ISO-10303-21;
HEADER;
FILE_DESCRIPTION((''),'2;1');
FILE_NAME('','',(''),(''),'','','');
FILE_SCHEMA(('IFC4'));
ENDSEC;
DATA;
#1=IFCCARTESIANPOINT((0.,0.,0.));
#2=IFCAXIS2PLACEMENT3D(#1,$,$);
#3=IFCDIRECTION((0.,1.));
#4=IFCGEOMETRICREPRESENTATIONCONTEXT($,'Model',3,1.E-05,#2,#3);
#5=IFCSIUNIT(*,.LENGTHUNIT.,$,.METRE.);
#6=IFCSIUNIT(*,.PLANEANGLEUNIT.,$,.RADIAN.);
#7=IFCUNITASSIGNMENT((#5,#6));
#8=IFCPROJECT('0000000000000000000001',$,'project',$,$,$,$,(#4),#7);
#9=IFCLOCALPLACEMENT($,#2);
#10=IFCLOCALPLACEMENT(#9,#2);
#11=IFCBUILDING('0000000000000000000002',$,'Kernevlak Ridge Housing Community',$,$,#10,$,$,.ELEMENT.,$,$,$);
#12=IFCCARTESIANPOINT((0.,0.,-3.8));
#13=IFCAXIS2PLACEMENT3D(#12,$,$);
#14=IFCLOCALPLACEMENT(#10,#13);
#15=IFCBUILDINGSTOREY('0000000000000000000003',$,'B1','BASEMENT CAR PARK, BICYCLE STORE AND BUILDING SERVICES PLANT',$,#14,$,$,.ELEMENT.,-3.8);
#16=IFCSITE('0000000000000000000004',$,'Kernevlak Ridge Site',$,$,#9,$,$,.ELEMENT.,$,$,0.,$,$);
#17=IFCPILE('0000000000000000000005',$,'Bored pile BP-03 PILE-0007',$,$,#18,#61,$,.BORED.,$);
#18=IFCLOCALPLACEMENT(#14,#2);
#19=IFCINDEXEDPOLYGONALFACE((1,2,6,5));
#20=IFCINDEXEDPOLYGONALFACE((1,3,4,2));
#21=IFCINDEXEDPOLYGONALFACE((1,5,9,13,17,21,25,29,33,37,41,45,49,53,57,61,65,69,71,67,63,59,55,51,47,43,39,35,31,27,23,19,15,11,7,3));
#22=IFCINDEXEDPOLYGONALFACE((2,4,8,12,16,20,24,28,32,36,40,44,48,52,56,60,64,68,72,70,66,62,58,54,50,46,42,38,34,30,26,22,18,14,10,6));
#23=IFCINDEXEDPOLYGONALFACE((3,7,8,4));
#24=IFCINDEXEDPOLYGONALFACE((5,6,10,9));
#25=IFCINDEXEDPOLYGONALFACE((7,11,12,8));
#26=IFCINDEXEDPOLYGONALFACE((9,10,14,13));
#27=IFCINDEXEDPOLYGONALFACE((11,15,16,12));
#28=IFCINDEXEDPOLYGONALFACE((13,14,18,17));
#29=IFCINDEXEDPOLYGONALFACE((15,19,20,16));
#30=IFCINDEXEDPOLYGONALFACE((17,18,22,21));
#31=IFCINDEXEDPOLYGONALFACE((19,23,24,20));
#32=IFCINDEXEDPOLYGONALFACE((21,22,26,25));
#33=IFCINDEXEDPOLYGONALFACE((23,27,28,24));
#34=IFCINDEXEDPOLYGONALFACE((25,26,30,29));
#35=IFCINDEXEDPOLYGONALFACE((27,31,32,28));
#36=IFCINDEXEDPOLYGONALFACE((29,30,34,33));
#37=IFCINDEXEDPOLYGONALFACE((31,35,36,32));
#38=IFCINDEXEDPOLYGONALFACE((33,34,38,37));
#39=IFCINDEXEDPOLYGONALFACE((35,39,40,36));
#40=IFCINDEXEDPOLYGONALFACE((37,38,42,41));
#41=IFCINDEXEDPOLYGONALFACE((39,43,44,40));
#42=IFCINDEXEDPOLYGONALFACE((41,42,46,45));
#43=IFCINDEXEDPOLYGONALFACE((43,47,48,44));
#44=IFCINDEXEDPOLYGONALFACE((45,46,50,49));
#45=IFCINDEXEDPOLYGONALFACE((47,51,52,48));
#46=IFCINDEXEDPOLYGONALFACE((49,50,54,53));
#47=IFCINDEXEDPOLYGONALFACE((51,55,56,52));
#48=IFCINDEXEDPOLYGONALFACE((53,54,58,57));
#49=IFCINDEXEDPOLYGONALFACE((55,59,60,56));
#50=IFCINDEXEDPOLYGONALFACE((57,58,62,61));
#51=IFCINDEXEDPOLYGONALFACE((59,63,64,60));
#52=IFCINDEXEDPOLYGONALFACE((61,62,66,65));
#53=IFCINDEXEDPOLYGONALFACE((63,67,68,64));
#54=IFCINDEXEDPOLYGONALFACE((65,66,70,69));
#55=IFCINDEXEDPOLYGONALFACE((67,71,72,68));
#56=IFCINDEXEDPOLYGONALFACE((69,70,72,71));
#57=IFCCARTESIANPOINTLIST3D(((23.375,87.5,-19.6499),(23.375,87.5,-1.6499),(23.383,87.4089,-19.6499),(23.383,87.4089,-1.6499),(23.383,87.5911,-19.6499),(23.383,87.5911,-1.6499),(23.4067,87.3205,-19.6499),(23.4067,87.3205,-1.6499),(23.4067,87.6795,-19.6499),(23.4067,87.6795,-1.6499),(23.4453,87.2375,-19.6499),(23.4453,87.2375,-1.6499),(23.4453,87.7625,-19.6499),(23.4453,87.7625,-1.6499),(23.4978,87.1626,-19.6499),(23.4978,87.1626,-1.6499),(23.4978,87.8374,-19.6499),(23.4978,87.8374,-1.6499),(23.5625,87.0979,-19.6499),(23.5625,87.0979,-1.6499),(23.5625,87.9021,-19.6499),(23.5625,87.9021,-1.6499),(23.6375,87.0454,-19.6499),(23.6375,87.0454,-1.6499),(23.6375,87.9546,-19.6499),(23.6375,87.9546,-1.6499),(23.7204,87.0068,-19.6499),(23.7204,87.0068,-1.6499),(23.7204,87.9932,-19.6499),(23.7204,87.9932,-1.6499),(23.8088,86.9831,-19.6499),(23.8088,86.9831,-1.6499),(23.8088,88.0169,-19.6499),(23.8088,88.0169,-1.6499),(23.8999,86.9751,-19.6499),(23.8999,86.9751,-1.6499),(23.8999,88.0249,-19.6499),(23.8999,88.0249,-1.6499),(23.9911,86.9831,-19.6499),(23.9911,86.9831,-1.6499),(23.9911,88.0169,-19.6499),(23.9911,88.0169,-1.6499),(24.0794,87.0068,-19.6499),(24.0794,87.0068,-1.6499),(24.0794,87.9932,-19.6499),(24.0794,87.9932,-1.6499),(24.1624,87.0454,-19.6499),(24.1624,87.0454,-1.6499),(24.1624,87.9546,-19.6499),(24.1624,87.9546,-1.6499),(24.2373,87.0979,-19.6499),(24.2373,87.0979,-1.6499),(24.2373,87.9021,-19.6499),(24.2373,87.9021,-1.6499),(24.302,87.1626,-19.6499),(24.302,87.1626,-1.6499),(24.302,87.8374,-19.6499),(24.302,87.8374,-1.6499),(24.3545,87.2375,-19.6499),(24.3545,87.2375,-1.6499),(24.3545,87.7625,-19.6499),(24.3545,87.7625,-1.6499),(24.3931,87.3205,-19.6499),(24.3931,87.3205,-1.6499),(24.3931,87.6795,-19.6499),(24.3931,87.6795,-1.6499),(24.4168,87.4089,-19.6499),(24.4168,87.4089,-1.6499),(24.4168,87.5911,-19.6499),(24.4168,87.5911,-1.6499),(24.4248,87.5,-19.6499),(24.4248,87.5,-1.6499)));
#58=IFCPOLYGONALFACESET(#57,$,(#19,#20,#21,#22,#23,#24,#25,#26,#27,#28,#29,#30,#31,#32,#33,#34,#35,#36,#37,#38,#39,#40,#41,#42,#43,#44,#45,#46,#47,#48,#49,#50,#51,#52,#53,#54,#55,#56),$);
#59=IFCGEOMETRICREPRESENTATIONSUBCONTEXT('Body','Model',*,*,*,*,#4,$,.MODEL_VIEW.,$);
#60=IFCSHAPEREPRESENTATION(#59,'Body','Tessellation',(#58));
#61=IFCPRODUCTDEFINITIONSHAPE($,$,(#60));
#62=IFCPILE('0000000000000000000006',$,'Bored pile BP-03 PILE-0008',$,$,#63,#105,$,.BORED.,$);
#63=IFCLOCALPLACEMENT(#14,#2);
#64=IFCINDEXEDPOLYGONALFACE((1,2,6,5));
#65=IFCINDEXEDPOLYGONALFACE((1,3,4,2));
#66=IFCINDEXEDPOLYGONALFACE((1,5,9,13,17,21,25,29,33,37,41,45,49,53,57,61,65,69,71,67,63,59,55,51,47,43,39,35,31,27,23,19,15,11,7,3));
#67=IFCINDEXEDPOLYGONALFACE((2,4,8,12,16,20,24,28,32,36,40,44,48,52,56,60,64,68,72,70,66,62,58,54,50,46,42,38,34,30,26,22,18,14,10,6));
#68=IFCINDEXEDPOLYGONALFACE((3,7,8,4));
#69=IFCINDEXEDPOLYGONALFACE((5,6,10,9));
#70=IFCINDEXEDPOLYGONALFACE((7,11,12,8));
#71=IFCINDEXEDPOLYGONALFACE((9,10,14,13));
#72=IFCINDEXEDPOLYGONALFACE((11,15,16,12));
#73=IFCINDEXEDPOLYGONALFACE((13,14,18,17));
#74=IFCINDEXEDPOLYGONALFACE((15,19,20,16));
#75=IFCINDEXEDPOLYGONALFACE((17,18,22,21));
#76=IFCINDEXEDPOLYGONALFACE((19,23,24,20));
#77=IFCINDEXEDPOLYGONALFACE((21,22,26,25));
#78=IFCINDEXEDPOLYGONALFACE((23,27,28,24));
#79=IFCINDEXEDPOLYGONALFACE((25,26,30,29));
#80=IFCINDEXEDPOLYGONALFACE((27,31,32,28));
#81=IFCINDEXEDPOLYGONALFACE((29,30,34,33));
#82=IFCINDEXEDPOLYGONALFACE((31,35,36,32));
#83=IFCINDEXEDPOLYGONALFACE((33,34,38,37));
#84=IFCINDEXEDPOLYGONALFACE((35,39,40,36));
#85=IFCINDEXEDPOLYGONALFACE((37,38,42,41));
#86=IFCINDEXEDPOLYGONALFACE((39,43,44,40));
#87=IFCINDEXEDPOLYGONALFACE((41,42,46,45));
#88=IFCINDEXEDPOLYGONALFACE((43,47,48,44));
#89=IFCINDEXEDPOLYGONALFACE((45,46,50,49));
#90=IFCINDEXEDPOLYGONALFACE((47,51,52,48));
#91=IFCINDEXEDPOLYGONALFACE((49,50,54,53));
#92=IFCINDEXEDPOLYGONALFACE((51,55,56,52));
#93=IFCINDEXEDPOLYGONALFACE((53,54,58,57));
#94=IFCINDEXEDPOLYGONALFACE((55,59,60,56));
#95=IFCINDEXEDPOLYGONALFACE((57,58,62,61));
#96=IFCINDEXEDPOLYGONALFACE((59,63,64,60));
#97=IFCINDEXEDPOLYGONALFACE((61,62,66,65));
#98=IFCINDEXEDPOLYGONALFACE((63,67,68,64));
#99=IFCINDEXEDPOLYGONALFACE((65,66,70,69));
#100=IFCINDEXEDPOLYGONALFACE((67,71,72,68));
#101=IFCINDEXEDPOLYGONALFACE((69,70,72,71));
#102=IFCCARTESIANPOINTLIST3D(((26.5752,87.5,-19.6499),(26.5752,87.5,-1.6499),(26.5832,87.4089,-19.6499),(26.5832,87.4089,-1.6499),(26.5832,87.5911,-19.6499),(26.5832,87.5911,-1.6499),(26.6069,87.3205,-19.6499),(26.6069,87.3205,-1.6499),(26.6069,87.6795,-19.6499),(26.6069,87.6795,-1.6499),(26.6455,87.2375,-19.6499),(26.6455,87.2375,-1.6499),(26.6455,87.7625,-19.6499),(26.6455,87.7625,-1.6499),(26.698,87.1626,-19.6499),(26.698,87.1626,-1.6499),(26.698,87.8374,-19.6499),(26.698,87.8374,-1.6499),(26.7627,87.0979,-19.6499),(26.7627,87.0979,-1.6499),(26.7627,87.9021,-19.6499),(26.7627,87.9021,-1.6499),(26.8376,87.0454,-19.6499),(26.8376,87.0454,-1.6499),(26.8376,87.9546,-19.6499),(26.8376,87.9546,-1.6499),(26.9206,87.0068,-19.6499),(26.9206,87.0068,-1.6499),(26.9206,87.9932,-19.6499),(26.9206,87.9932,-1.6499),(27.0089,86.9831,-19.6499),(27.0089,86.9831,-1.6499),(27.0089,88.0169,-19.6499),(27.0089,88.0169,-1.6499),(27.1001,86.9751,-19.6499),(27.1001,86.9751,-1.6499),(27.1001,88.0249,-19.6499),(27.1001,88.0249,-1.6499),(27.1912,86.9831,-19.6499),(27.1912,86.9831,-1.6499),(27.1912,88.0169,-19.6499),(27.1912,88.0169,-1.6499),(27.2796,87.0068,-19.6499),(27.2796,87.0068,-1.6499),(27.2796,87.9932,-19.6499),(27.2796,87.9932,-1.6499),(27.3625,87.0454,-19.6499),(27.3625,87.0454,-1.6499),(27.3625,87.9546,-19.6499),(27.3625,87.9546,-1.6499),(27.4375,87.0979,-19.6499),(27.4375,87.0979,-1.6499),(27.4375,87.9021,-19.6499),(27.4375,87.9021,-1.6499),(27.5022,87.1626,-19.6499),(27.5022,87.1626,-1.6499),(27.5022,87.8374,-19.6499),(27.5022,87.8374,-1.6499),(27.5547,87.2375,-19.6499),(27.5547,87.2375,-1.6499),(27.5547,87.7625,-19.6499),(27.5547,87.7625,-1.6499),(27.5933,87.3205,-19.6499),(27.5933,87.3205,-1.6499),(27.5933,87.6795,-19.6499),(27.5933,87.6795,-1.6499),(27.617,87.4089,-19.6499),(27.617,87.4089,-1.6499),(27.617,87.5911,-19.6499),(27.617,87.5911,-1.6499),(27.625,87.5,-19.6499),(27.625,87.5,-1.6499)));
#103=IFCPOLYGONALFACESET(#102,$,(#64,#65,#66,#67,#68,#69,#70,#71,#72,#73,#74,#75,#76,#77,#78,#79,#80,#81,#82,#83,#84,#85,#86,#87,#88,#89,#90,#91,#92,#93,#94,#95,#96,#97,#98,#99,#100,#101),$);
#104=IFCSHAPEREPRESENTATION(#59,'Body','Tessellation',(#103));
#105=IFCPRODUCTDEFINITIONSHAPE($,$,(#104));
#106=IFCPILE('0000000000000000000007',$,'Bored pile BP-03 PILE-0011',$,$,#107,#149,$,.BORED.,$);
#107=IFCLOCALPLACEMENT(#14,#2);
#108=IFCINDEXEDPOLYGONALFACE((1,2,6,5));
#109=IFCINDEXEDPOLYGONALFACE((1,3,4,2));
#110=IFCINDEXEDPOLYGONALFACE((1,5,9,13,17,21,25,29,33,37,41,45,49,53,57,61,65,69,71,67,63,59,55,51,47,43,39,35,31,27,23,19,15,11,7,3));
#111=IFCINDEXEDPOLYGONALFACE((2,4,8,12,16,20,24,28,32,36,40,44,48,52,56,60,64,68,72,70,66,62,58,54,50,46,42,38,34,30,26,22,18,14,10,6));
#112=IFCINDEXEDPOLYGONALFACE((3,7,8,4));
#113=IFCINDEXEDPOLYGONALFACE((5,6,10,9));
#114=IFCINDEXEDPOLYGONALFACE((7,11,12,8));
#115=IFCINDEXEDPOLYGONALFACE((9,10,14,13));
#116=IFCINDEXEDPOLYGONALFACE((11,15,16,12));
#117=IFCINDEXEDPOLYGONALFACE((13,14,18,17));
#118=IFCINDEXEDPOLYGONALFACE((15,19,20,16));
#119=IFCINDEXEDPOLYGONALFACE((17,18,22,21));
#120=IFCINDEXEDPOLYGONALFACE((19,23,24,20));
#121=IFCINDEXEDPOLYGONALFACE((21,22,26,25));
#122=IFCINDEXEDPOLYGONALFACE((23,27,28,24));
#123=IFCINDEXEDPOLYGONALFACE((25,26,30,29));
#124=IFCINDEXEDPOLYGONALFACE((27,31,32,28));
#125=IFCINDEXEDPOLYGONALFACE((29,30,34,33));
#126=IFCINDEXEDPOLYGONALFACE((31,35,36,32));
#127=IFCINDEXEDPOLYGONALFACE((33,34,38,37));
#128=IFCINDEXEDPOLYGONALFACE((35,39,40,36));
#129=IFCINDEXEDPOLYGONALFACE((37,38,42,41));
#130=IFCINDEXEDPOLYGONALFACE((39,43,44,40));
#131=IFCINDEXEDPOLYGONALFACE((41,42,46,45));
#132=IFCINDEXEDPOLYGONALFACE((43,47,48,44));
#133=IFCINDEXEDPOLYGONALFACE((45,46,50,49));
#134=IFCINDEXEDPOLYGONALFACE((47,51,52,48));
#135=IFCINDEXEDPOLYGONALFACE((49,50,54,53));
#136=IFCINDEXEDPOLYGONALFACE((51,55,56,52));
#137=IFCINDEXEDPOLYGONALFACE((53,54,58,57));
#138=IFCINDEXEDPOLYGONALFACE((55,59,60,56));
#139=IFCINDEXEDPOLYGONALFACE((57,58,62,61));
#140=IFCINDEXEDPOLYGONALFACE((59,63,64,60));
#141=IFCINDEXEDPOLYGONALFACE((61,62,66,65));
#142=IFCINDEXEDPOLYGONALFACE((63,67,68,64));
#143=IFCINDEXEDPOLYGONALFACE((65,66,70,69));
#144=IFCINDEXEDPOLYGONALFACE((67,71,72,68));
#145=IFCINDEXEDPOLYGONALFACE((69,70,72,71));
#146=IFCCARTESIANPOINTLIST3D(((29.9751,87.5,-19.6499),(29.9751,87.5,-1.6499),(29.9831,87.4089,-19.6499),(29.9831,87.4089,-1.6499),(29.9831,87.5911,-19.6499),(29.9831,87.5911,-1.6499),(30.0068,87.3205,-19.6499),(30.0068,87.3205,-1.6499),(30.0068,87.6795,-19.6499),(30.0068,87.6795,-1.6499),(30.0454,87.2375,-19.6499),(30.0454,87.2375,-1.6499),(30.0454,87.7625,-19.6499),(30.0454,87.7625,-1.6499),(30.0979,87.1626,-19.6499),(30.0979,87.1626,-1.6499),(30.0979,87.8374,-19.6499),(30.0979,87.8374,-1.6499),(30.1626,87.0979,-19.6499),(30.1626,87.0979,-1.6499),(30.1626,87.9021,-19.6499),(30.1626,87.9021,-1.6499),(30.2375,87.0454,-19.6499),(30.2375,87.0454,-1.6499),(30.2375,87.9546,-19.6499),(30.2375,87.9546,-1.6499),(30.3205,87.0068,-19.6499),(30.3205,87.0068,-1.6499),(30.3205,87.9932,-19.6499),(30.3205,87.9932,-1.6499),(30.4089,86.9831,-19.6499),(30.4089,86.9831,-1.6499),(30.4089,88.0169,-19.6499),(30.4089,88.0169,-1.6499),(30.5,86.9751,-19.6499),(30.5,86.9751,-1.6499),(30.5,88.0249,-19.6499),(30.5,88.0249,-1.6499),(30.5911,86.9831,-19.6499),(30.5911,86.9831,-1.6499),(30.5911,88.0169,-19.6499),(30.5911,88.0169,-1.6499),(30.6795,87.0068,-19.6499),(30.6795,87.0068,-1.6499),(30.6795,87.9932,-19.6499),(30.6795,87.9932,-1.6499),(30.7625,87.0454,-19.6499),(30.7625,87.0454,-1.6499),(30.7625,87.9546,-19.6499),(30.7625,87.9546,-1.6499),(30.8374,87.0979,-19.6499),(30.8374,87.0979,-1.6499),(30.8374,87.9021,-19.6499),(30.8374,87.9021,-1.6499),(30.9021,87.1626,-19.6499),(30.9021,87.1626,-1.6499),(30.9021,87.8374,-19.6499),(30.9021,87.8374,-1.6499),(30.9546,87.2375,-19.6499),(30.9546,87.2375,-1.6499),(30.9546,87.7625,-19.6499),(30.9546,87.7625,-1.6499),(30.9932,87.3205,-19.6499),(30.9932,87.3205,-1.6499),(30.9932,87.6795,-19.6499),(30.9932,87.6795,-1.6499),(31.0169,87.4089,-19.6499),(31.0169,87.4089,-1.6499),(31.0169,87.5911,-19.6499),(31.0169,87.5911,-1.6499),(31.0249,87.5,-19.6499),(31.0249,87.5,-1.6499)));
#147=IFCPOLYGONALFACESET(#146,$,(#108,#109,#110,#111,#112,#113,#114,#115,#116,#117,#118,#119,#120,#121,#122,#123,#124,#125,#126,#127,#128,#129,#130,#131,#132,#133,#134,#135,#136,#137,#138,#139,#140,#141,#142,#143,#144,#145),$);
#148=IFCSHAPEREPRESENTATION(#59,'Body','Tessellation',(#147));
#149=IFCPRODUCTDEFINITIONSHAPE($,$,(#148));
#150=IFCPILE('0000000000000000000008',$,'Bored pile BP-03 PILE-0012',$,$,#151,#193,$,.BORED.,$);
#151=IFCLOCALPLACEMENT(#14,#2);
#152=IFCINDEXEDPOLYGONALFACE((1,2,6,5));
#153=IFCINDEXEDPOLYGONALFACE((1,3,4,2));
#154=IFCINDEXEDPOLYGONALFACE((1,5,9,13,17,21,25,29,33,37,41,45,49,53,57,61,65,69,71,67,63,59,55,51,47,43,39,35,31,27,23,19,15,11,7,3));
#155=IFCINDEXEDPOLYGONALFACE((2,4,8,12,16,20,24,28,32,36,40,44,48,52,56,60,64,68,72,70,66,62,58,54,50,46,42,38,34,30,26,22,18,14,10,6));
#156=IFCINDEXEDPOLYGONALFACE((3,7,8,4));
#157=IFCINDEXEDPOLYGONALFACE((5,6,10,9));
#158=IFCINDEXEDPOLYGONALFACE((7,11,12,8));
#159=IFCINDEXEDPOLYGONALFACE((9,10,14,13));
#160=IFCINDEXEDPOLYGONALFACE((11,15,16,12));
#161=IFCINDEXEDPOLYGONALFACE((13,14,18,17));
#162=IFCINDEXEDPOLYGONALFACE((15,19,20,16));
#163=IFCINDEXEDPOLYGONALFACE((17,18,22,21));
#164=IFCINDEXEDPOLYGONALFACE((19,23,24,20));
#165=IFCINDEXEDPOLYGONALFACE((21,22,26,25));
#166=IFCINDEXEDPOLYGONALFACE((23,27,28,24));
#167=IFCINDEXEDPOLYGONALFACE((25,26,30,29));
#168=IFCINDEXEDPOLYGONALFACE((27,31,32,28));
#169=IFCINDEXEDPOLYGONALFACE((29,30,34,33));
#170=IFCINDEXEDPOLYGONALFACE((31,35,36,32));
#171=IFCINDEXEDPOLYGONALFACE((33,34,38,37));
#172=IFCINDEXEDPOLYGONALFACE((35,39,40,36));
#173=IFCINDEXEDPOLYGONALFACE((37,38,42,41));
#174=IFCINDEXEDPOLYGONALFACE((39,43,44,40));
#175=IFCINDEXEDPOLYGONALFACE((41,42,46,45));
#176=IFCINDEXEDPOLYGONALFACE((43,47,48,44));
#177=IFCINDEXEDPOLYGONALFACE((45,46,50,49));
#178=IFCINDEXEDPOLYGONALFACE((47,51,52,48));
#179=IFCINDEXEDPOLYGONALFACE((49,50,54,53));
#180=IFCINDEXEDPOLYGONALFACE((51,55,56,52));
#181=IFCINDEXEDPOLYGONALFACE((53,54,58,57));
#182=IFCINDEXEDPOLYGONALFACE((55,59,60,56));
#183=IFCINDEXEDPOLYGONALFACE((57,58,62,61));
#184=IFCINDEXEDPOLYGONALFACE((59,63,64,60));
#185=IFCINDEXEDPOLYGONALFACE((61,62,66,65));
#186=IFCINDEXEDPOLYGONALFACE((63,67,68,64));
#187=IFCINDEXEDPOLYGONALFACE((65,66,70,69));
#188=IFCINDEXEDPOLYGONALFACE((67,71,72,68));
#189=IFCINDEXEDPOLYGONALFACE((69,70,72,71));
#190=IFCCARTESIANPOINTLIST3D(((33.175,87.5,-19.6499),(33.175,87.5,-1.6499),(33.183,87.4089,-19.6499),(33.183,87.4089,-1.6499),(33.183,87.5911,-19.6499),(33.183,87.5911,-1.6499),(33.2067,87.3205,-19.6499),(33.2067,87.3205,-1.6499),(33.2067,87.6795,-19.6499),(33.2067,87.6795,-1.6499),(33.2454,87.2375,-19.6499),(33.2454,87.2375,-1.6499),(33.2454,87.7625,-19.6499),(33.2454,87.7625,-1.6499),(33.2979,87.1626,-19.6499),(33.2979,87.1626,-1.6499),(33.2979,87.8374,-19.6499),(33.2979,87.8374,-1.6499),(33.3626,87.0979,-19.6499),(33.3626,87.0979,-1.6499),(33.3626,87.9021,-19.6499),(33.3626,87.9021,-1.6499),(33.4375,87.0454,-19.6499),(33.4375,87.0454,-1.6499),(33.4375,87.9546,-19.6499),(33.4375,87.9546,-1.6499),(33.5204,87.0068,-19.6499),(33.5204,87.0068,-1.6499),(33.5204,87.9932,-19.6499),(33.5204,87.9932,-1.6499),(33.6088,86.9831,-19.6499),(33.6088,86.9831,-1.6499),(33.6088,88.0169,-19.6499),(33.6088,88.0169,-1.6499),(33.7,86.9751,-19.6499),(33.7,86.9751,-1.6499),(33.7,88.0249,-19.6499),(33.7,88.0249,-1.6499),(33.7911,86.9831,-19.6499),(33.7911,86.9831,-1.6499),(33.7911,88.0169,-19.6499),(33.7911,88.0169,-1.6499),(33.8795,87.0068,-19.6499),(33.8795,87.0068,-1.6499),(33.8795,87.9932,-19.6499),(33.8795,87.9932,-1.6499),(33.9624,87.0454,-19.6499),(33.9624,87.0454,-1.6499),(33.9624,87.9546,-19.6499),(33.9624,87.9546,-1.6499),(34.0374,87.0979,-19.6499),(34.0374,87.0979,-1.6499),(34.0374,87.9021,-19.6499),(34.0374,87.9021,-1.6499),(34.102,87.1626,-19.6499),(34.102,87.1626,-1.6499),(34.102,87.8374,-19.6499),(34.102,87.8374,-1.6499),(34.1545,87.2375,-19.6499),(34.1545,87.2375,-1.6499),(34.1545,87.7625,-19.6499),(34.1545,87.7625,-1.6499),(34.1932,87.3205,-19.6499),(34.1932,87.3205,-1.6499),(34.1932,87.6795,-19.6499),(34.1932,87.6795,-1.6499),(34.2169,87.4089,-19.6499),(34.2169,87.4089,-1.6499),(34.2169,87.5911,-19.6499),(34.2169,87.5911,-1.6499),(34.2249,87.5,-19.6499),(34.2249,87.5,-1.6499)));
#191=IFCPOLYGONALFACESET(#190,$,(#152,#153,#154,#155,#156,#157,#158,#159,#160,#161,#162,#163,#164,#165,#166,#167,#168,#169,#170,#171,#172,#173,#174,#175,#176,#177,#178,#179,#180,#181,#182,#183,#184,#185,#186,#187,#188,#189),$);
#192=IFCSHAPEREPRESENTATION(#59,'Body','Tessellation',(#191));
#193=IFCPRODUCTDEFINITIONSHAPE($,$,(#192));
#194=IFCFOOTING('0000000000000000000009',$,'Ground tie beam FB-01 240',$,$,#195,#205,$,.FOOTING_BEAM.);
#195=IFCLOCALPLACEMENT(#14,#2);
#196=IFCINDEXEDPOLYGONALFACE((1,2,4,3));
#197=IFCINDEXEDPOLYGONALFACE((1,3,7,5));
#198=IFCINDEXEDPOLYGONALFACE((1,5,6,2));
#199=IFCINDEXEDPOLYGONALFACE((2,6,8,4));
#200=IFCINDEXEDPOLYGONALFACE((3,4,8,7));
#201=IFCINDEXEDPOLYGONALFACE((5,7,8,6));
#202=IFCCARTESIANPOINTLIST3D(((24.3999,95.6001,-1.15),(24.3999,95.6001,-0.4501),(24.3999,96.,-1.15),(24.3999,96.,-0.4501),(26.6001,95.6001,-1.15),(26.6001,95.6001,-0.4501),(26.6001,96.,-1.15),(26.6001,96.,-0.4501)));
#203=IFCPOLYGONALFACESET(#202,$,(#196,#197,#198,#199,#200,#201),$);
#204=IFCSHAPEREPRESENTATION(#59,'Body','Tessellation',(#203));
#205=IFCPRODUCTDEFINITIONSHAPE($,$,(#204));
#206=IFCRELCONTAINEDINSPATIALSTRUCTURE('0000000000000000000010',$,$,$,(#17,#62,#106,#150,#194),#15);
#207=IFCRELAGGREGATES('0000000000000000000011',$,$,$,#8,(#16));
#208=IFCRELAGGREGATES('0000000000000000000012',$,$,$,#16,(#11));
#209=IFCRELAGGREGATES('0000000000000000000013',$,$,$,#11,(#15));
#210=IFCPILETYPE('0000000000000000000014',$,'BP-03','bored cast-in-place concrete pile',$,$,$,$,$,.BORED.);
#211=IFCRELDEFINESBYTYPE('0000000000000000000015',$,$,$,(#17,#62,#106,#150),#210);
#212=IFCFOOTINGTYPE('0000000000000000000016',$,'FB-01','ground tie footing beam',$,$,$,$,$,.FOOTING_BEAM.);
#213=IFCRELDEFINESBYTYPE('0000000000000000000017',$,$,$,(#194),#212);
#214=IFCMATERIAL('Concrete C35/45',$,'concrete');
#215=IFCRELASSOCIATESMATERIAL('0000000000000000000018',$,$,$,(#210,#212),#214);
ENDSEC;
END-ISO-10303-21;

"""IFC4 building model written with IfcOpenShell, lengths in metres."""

from ifc_helpers import new_model, si_unit, direction, frame, origin, origin_2d, place, context, subcontext, project, spatial, rectangle, circle, extrude, material, material_profile, profile_set, type_object, element, save


model = new_model("IFC4")

# Units and contexts
model_context = context("Model", 3, precision=1e-05, world=origin(), true_north=direction((0.0, 1.0)))
body_context = subcontext(model_context, "Body", "Model", "MODEL_VIEW")
ifc_project = project(units=[si_unit("LENGTHUNIT", "METRE"), si_unit("PLANEANGLEUNIT", "RADIAN")], contexts=[model_context])

# Site, building, storey
site_placement = place(None, origin())
site = spatial("IfcSite", under=ifc_project, at=site_placement, Name="Kernevlak Ridge Site", CompositionType="ELEMENT", RefElevation=0.0)
building_placement = place(site_placement, origin())
building = spatial("IfcBuilding", under=site, at=building_placement, Name="Kernevlak Ridge Housing Community", CompositionType="ELEMENT")
storey_placement = place(building_placement, frame((0.0, 0.0, -3.8)))
storey = spatial("IfcBuildingStorey", under=building, at=storey_placement, Name="B1", Description="BASEMENT CAR PARK, BICYCLE STORE AND BUILDING SERVICES PLANT", CompositionType="ELEMENT", Elevation=-3.8)

# Piles
ifc_material_1 = material(Name="Concrete C35/45", Category="concrete")
ifc_material_profile_1 = material_profile(ifc_material_1, circle(Radius=0.5249, at=origin_2d()), Name="BORED PILE 1050")
ifc_profile_set_1 = profile_set([ifc_material_profile_1], Name="Concrete C35/45")
pile_type_1 = type_object("IfcPileType", Name="BP-03", Description="bored cast-in-place concrete pile", PredefinedType="BORED", material=ifc_profile_set_1)
for number, where, z_axis, x_axis, name in (
    (1, (23.8999, 87.5, -1.6499), (0.0, 0.0, -1.0), (1.0, 0.0, 0.0), "Bored pile BP-03 PILE-0007"),
    (2, (27.1001, 87.5, -1.6499), (0.0, 0.0, -1.0), (1.0, 0.0, 0.0), "Bored pile BP-03 PILE-0008"),
    (3, (30.5, 87.5, -1.6499), (0.0, 0.0, -1.0), (1.0, 0.0, 0.0), "Bored pile BP-03 PILE-0011"),
    (4, (33.7, 87.5, -1.6499), (0.0, 0.0, -1.0), (1.0, 0.0, 0.0), "Bored pile BP-03 PILE-0012"),
):
    element("IfcPile", number, at=place(storey_placement, frame(where, z_axis=z_axis, x_axis=x_axis)), inside=storey, type_object=pile_type_1, Name=name, PredefinedType="BORED", context=body_context, shape_type="SweptSolid", body=[
        extrude(circle(Radius=0.5249, at=origin_2d()), origin(), (0.0, 0.0, 1.0), 18.0),
    ])

# Footing
ifc_material_profile_2 = material_profile(ifc_material_1, rectangle(XDim=0.3999, YDim=0.7, at=origin_2d()), Name="RC 400x700")
ifc_profile_set_2 = profile_set([ifc_material_profile_2], Name="Concrete C35/45")
footing_type_1 = type_object("IfcFootingType", Name="FB-01", Description="ground tie footing beam", PredefinedType="FOOTING_BEAM", material=ifc_profile_set_2)
footing_1_placement = place(storey_placement, frame((24.3999, 95.8, -0.8), z_axis=(1.0, 0.0, 0.0), x_axis=(0.0, 1.0, 0.0)))
element("IfcFooting", 5, at=footing_1_placement, inside=storey, type_object=footing_type_1, Name="Ground tie beam FB-01 240", PredefinedType="FOOTING_BEAM", context=body_context, shape_type="SweptSolid", body=[
    extrude(rectangle(XDim=0.3999, YDim=0.7, at=origin_2d()), origin(), (0.0, 0.0, 1.0), 2.2002),
])

save(model, "model.ifc")
